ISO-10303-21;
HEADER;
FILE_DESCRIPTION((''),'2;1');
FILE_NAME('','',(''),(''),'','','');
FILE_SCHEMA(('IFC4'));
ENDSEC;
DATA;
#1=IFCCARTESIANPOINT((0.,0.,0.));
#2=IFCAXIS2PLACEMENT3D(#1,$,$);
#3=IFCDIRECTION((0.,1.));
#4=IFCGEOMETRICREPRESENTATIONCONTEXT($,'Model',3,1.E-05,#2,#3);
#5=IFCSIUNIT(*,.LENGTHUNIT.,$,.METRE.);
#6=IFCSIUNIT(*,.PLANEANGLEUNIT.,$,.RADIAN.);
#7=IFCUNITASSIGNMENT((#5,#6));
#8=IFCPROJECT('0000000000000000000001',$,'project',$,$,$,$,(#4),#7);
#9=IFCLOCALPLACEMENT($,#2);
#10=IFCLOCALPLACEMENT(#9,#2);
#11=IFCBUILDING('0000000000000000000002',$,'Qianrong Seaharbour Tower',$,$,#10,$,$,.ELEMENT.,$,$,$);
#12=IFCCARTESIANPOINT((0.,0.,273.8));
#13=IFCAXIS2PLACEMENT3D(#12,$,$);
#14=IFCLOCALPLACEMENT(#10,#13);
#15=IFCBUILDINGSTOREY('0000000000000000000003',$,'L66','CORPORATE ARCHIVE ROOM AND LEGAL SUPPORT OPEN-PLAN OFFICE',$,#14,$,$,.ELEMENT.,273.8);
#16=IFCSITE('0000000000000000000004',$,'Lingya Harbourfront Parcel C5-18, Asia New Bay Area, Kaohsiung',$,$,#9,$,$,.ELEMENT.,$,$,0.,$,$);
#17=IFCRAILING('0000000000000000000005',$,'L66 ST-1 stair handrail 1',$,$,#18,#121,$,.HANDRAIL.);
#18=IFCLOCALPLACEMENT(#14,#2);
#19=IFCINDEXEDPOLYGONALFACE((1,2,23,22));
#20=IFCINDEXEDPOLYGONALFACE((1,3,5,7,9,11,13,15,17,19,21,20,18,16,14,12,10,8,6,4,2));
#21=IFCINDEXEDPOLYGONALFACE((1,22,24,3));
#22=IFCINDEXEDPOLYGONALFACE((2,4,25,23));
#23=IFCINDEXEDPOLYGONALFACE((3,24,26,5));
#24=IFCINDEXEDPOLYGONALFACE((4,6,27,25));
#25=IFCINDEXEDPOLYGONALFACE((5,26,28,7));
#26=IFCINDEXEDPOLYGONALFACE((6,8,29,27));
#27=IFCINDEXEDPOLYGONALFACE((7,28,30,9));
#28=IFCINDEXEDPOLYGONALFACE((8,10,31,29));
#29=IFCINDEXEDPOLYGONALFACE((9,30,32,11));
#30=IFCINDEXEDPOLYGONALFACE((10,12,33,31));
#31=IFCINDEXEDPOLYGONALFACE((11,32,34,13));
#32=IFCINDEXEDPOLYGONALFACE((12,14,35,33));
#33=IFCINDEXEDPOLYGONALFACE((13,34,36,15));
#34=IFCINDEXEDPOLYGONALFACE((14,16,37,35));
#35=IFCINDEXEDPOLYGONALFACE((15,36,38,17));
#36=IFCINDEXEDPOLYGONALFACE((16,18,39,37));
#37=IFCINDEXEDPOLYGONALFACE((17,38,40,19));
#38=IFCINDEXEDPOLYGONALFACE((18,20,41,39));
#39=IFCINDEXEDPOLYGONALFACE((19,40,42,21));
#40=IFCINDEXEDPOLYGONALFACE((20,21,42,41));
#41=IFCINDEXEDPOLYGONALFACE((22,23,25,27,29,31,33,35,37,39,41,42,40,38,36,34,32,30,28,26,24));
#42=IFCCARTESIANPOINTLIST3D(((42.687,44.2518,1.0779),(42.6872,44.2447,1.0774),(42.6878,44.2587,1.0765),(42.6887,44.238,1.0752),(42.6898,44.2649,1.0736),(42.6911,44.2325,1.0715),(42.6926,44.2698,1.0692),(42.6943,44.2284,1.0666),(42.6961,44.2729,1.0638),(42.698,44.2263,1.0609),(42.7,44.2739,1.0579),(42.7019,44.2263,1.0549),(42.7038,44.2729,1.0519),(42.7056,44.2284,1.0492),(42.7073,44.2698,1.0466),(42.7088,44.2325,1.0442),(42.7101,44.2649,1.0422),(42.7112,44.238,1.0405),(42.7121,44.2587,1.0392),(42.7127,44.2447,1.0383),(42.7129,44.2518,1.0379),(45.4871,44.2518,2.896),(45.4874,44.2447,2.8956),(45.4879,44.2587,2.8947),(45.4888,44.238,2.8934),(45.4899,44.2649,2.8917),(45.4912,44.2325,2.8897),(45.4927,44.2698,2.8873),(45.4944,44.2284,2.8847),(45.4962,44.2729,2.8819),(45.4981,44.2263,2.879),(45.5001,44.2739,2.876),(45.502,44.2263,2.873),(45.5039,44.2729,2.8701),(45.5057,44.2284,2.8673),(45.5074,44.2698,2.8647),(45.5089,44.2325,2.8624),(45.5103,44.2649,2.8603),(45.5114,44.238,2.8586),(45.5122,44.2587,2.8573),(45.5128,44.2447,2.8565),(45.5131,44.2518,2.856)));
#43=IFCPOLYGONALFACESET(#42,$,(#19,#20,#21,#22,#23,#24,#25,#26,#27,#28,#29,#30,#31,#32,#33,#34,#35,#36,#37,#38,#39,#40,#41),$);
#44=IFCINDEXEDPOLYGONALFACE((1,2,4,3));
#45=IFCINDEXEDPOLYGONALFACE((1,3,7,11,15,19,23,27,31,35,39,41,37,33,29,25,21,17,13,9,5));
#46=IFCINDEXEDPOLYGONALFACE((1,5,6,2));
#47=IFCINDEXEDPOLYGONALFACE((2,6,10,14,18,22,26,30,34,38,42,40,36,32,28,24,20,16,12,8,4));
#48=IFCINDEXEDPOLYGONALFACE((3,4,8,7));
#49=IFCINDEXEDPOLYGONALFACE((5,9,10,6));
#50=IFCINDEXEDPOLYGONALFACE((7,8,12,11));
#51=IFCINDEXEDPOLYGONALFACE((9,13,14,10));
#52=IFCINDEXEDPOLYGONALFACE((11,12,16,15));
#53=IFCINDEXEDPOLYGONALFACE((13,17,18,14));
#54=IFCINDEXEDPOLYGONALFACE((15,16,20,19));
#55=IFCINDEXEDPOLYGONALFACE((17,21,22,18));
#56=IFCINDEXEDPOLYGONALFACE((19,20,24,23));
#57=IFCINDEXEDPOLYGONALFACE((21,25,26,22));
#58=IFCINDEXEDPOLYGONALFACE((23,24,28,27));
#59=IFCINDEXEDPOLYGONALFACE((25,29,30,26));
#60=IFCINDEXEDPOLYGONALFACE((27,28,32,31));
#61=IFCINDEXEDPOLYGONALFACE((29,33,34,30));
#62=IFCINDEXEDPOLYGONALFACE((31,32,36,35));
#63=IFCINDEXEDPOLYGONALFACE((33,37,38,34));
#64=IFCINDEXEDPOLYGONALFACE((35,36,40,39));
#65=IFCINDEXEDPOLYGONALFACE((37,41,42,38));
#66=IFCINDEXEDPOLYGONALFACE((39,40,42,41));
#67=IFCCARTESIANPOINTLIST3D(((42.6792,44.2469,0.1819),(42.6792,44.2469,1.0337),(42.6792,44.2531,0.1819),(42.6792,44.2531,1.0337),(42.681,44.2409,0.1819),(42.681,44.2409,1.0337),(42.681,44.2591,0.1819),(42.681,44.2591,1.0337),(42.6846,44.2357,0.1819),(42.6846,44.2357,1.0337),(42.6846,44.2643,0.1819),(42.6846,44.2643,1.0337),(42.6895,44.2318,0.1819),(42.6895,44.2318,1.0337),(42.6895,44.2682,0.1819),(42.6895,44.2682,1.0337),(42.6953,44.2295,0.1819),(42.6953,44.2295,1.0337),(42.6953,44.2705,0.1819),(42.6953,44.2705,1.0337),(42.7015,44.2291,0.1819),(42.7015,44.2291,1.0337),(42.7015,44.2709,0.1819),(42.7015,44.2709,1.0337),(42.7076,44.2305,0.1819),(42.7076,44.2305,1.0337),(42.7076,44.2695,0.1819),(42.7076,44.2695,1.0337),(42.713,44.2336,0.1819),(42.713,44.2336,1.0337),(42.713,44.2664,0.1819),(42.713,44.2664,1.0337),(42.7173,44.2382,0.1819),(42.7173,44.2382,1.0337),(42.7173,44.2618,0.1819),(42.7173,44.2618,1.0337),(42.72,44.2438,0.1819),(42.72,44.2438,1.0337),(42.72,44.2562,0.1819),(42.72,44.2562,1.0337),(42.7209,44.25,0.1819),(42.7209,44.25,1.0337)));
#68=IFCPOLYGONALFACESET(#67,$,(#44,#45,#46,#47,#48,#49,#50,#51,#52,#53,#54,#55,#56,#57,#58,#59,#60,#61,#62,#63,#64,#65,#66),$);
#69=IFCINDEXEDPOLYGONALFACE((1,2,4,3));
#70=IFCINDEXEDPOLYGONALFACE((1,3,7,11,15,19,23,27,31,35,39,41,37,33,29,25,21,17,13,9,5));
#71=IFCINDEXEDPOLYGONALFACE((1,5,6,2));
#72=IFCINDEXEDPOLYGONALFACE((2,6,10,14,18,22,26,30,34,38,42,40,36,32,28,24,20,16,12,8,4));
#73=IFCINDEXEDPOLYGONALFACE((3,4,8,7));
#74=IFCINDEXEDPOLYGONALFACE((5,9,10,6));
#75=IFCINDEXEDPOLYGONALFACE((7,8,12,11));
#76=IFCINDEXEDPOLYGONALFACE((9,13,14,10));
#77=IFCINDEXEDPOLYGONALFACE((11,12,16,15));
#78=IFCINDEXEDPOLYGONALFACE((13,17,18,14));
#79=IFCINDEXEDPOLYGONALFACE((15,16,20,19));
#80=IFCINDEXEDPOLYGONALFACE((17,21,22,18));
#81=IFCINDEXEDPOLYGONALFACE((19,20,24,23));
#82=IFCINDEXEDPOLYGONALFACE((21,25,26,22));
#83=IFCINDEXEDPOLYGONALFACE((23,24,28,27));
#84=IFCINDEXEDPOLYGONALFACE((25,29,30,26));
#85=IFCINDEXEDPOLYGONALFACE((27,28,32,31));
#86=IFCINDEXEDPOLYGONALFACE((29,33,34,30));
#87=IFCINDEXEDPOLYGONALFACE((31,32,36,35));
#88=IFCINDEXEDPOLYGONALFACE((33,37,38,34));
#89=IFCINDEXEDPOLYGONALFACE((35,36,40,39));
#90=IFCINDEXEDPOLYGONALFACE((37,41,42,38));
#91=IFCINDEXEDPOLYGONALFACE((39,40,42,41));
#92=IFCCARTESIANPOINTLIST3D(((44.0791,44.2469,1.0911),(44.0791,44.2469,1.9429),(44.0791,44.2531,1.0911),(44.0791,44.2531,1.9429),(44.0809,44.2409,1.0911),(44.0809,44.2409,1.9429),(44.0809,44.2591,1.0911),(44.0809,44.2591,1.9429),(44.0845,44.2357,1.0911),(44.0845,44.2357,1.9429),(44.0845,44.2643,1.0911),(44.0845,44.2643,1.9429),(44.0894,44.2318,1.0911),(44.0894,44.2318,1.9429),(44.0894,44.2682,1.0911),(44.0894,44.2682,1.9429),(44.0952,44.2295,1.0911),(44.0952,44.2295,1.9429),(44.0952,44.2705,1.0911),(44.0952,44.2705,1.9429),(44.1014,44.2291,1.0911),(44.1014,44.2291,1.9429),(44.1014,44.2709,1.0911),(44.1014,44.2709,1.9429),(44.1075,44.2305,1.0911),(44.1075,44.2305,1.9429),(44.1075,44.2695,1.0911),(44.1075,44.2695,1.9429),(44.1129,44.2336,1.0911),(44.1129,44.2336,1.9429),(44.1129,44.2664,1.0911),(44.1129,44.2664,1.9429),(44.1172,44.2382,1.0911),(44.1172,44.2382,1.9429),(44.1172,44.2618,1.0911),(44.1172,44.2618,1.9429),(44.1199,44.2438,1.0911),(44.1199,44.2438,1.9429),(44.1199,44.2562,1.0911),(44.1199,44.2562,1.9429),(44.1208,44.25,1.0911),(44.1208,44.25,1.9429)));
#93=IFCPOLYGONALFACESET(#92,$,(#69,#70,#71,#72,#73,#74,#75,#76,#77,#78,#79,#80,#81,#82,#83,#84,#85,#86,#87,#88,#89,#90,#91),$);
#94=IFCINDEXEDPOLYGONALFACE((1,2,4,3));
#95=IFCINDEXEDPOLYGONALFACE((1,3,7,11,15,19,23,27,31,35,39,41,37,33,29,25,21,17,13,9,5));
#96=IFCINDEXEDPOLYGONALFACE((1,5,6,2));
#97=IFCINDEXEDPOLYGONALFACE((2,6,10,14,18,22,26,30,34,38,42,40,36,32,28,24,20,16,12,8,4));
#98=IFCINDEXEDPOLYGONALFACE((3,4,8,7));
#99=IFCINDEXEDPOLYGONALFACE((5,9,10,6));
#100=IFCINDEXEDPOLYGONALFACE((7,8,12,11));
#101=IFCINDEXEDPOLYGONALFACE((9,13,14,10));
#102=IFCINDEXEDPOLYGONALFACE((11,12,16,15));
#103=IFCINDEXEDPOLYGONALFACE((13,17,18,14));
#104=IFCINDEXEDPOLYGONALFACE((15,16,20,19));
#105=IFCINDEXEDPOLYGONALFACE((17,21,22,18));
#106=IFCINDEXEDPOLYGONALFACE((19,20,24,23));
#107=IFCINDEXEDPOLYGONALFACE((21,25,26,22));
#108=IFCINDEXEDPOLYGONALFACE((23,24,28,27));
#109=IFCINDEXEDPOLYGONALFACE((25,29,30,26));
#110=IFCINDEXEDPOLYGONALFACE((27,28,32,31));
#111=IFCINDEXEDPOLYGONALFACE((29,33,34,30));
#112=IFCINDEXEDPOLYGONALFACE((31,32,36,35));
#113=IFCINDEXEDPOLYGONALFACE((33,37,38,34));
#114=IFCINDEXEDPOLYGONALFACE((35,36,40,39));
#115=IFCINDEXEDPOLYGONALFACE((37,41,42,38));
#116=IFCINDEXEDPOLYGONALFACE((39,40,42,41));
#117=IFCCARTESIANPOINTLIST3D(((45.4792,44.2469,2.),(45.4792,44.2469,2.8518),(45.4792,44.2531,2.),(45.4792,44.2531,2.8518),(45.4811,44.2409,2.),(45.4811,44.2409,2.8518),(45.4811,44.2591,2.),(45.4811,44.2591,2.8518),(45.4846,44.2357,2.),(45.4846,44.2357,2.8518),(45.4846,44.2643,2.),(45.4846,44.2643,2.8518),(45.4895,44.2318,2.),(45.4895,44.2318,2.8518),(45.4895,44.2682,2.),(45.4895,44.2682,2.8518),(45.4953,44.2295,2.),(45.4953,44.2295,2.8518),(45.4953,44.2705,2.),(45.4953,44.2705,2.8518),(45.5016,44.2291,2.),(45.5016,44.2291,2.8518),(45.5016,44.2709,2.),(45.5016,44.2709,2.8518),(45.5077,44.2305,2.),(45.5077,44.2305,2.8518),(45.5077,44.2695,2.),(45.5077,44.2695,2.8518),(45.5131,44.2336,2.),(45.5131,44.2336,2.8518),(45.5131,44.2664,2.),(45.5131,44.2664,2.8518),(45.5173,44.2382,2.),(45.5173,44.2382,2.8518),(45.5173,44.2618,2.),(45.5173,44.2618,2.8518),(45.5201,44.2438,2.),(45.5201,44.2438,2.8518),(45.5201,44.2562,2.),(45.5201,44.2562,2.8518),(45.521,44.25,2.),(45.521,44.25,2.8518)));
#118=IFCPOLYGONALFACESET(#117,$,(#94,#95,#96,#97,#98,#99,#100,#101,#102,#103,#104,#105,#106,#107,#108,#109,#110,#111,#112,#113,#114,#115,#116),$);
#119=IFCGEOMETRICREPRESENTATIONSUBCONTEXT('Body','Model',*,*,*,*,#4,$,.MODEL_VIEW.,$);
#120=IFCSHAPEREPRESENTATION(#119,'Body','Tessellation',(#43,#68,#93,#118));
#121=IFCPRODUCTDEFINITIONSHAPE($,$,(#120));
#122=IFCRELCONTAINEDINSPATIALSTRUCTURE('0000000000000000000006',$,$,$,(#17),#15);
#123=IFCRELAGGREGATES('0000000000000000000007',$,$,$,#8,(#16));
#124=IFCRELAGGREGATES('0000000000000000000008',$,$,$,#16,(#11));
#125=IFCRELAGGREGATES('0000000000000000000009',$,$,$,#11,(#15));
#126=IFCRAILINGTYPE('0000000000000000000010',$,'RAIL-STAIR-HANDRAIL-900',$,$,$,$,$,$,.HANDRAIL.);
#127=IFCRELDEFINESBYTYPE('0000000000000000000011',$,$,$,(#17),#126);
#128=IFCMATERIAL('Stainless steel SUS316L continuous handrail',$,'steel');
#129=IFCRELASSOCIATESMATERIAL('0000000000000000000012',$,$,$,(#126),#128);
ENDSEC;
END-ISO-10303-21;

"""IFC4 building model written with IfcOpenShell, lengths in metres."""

from ifc_helpers import new_model, si_unit, direction, frame, origin, origin_2d, place, context, subcontext, project, spatial, circle, extrude, material, type_object, element, save


model = new_model("IFC4")

# Units and contexts
model_context = context("Model", 3, precision=1e-05, world=origin(), true_north=direction((0.0, 1.0)))
body_context = subcontext(model_context, "Body", "Model", "MODEL_VIEW")
ifc_project = project(units=[si_unit("LENGTHUNIT", "METRE"), si_unit("PLANEANGLEUNIT", "RADIAN")], contexts=[model_context])

# Site, building, storey
site_placement = place(None, origin())
site = spatial("IfcSite", under=ifc_project, at=site_placement, Name="Lingya Harbourfront Parcel C5-18, Asia New Bay Area, Kaohsiung", CompositionType="ELEMENT", RefElevation=0.0)
building_placement = place(site_placement, origin())
building = spatial("IfcBuilding", under=site, at=building_placement, Name="Qianrong Seaharbour Tower", CompositionType="ELEMENT")
storey_placement = place(building_placement, frame((0.0, 0.0, 273.8)))
storey = spatial("IfcBuildingStorey", under=building, at=storey_placement, Name="L66", Description="CORPORATE ARCHIVE ROOM AND LEGAL SUPPORT OPEN-PLAN OFFICE", CompositionType="ELEMENT", Elevation=273.8)

# Railing
ifc_material_1 = material(Name="Stainless steel SUS316L continuous handrail", Category="steel")
railing_type_1 = type_object("IfcRailingType", Name="RAIL-STAIR-HANDRAIL-900", PredefinedType="HANDRAIL", material=ifc_material_1)
railing_1_placement = place(storey_placement, frame((42.7, 44.25, 0.1819)))
element("IfcRailing", 1, at=railing_1_placement, inside=storey, type_object=railing_type_1, Name="L66 ST-1 stair handrail 1", PredefinedType="HANDRAIL", context=body_context, shape_type="SweptSolid", body=[
    extrude(circle(Radius=0.0239, at=origin_2d()), frame((0.0, 0.0, 0.876), z_axis=(0.838706, 0.0, 0.544585), x_axis=(0.0, 1.0, 0.0)), (0.0, 0.0, 1.0), 3.3386),
    extrude(circle(Radius=0.021, at=origin_2d()), origin(), (0.0, 0.0, 1.0), 0.8518),
    extrude(circle(Radius=0.021, at=origin_2d()), frame((1.3999, 0.0, 0.9092)), (0.0, 0.0, 1.0), 0.8518),
    extrude(circle(Radius=0.021, at=origin_2d()), frame((2.8, 0.0, 1.8181)), (0.0, 0.0, 1.0), 0.8518),
])

save(model, "model.ifc")
